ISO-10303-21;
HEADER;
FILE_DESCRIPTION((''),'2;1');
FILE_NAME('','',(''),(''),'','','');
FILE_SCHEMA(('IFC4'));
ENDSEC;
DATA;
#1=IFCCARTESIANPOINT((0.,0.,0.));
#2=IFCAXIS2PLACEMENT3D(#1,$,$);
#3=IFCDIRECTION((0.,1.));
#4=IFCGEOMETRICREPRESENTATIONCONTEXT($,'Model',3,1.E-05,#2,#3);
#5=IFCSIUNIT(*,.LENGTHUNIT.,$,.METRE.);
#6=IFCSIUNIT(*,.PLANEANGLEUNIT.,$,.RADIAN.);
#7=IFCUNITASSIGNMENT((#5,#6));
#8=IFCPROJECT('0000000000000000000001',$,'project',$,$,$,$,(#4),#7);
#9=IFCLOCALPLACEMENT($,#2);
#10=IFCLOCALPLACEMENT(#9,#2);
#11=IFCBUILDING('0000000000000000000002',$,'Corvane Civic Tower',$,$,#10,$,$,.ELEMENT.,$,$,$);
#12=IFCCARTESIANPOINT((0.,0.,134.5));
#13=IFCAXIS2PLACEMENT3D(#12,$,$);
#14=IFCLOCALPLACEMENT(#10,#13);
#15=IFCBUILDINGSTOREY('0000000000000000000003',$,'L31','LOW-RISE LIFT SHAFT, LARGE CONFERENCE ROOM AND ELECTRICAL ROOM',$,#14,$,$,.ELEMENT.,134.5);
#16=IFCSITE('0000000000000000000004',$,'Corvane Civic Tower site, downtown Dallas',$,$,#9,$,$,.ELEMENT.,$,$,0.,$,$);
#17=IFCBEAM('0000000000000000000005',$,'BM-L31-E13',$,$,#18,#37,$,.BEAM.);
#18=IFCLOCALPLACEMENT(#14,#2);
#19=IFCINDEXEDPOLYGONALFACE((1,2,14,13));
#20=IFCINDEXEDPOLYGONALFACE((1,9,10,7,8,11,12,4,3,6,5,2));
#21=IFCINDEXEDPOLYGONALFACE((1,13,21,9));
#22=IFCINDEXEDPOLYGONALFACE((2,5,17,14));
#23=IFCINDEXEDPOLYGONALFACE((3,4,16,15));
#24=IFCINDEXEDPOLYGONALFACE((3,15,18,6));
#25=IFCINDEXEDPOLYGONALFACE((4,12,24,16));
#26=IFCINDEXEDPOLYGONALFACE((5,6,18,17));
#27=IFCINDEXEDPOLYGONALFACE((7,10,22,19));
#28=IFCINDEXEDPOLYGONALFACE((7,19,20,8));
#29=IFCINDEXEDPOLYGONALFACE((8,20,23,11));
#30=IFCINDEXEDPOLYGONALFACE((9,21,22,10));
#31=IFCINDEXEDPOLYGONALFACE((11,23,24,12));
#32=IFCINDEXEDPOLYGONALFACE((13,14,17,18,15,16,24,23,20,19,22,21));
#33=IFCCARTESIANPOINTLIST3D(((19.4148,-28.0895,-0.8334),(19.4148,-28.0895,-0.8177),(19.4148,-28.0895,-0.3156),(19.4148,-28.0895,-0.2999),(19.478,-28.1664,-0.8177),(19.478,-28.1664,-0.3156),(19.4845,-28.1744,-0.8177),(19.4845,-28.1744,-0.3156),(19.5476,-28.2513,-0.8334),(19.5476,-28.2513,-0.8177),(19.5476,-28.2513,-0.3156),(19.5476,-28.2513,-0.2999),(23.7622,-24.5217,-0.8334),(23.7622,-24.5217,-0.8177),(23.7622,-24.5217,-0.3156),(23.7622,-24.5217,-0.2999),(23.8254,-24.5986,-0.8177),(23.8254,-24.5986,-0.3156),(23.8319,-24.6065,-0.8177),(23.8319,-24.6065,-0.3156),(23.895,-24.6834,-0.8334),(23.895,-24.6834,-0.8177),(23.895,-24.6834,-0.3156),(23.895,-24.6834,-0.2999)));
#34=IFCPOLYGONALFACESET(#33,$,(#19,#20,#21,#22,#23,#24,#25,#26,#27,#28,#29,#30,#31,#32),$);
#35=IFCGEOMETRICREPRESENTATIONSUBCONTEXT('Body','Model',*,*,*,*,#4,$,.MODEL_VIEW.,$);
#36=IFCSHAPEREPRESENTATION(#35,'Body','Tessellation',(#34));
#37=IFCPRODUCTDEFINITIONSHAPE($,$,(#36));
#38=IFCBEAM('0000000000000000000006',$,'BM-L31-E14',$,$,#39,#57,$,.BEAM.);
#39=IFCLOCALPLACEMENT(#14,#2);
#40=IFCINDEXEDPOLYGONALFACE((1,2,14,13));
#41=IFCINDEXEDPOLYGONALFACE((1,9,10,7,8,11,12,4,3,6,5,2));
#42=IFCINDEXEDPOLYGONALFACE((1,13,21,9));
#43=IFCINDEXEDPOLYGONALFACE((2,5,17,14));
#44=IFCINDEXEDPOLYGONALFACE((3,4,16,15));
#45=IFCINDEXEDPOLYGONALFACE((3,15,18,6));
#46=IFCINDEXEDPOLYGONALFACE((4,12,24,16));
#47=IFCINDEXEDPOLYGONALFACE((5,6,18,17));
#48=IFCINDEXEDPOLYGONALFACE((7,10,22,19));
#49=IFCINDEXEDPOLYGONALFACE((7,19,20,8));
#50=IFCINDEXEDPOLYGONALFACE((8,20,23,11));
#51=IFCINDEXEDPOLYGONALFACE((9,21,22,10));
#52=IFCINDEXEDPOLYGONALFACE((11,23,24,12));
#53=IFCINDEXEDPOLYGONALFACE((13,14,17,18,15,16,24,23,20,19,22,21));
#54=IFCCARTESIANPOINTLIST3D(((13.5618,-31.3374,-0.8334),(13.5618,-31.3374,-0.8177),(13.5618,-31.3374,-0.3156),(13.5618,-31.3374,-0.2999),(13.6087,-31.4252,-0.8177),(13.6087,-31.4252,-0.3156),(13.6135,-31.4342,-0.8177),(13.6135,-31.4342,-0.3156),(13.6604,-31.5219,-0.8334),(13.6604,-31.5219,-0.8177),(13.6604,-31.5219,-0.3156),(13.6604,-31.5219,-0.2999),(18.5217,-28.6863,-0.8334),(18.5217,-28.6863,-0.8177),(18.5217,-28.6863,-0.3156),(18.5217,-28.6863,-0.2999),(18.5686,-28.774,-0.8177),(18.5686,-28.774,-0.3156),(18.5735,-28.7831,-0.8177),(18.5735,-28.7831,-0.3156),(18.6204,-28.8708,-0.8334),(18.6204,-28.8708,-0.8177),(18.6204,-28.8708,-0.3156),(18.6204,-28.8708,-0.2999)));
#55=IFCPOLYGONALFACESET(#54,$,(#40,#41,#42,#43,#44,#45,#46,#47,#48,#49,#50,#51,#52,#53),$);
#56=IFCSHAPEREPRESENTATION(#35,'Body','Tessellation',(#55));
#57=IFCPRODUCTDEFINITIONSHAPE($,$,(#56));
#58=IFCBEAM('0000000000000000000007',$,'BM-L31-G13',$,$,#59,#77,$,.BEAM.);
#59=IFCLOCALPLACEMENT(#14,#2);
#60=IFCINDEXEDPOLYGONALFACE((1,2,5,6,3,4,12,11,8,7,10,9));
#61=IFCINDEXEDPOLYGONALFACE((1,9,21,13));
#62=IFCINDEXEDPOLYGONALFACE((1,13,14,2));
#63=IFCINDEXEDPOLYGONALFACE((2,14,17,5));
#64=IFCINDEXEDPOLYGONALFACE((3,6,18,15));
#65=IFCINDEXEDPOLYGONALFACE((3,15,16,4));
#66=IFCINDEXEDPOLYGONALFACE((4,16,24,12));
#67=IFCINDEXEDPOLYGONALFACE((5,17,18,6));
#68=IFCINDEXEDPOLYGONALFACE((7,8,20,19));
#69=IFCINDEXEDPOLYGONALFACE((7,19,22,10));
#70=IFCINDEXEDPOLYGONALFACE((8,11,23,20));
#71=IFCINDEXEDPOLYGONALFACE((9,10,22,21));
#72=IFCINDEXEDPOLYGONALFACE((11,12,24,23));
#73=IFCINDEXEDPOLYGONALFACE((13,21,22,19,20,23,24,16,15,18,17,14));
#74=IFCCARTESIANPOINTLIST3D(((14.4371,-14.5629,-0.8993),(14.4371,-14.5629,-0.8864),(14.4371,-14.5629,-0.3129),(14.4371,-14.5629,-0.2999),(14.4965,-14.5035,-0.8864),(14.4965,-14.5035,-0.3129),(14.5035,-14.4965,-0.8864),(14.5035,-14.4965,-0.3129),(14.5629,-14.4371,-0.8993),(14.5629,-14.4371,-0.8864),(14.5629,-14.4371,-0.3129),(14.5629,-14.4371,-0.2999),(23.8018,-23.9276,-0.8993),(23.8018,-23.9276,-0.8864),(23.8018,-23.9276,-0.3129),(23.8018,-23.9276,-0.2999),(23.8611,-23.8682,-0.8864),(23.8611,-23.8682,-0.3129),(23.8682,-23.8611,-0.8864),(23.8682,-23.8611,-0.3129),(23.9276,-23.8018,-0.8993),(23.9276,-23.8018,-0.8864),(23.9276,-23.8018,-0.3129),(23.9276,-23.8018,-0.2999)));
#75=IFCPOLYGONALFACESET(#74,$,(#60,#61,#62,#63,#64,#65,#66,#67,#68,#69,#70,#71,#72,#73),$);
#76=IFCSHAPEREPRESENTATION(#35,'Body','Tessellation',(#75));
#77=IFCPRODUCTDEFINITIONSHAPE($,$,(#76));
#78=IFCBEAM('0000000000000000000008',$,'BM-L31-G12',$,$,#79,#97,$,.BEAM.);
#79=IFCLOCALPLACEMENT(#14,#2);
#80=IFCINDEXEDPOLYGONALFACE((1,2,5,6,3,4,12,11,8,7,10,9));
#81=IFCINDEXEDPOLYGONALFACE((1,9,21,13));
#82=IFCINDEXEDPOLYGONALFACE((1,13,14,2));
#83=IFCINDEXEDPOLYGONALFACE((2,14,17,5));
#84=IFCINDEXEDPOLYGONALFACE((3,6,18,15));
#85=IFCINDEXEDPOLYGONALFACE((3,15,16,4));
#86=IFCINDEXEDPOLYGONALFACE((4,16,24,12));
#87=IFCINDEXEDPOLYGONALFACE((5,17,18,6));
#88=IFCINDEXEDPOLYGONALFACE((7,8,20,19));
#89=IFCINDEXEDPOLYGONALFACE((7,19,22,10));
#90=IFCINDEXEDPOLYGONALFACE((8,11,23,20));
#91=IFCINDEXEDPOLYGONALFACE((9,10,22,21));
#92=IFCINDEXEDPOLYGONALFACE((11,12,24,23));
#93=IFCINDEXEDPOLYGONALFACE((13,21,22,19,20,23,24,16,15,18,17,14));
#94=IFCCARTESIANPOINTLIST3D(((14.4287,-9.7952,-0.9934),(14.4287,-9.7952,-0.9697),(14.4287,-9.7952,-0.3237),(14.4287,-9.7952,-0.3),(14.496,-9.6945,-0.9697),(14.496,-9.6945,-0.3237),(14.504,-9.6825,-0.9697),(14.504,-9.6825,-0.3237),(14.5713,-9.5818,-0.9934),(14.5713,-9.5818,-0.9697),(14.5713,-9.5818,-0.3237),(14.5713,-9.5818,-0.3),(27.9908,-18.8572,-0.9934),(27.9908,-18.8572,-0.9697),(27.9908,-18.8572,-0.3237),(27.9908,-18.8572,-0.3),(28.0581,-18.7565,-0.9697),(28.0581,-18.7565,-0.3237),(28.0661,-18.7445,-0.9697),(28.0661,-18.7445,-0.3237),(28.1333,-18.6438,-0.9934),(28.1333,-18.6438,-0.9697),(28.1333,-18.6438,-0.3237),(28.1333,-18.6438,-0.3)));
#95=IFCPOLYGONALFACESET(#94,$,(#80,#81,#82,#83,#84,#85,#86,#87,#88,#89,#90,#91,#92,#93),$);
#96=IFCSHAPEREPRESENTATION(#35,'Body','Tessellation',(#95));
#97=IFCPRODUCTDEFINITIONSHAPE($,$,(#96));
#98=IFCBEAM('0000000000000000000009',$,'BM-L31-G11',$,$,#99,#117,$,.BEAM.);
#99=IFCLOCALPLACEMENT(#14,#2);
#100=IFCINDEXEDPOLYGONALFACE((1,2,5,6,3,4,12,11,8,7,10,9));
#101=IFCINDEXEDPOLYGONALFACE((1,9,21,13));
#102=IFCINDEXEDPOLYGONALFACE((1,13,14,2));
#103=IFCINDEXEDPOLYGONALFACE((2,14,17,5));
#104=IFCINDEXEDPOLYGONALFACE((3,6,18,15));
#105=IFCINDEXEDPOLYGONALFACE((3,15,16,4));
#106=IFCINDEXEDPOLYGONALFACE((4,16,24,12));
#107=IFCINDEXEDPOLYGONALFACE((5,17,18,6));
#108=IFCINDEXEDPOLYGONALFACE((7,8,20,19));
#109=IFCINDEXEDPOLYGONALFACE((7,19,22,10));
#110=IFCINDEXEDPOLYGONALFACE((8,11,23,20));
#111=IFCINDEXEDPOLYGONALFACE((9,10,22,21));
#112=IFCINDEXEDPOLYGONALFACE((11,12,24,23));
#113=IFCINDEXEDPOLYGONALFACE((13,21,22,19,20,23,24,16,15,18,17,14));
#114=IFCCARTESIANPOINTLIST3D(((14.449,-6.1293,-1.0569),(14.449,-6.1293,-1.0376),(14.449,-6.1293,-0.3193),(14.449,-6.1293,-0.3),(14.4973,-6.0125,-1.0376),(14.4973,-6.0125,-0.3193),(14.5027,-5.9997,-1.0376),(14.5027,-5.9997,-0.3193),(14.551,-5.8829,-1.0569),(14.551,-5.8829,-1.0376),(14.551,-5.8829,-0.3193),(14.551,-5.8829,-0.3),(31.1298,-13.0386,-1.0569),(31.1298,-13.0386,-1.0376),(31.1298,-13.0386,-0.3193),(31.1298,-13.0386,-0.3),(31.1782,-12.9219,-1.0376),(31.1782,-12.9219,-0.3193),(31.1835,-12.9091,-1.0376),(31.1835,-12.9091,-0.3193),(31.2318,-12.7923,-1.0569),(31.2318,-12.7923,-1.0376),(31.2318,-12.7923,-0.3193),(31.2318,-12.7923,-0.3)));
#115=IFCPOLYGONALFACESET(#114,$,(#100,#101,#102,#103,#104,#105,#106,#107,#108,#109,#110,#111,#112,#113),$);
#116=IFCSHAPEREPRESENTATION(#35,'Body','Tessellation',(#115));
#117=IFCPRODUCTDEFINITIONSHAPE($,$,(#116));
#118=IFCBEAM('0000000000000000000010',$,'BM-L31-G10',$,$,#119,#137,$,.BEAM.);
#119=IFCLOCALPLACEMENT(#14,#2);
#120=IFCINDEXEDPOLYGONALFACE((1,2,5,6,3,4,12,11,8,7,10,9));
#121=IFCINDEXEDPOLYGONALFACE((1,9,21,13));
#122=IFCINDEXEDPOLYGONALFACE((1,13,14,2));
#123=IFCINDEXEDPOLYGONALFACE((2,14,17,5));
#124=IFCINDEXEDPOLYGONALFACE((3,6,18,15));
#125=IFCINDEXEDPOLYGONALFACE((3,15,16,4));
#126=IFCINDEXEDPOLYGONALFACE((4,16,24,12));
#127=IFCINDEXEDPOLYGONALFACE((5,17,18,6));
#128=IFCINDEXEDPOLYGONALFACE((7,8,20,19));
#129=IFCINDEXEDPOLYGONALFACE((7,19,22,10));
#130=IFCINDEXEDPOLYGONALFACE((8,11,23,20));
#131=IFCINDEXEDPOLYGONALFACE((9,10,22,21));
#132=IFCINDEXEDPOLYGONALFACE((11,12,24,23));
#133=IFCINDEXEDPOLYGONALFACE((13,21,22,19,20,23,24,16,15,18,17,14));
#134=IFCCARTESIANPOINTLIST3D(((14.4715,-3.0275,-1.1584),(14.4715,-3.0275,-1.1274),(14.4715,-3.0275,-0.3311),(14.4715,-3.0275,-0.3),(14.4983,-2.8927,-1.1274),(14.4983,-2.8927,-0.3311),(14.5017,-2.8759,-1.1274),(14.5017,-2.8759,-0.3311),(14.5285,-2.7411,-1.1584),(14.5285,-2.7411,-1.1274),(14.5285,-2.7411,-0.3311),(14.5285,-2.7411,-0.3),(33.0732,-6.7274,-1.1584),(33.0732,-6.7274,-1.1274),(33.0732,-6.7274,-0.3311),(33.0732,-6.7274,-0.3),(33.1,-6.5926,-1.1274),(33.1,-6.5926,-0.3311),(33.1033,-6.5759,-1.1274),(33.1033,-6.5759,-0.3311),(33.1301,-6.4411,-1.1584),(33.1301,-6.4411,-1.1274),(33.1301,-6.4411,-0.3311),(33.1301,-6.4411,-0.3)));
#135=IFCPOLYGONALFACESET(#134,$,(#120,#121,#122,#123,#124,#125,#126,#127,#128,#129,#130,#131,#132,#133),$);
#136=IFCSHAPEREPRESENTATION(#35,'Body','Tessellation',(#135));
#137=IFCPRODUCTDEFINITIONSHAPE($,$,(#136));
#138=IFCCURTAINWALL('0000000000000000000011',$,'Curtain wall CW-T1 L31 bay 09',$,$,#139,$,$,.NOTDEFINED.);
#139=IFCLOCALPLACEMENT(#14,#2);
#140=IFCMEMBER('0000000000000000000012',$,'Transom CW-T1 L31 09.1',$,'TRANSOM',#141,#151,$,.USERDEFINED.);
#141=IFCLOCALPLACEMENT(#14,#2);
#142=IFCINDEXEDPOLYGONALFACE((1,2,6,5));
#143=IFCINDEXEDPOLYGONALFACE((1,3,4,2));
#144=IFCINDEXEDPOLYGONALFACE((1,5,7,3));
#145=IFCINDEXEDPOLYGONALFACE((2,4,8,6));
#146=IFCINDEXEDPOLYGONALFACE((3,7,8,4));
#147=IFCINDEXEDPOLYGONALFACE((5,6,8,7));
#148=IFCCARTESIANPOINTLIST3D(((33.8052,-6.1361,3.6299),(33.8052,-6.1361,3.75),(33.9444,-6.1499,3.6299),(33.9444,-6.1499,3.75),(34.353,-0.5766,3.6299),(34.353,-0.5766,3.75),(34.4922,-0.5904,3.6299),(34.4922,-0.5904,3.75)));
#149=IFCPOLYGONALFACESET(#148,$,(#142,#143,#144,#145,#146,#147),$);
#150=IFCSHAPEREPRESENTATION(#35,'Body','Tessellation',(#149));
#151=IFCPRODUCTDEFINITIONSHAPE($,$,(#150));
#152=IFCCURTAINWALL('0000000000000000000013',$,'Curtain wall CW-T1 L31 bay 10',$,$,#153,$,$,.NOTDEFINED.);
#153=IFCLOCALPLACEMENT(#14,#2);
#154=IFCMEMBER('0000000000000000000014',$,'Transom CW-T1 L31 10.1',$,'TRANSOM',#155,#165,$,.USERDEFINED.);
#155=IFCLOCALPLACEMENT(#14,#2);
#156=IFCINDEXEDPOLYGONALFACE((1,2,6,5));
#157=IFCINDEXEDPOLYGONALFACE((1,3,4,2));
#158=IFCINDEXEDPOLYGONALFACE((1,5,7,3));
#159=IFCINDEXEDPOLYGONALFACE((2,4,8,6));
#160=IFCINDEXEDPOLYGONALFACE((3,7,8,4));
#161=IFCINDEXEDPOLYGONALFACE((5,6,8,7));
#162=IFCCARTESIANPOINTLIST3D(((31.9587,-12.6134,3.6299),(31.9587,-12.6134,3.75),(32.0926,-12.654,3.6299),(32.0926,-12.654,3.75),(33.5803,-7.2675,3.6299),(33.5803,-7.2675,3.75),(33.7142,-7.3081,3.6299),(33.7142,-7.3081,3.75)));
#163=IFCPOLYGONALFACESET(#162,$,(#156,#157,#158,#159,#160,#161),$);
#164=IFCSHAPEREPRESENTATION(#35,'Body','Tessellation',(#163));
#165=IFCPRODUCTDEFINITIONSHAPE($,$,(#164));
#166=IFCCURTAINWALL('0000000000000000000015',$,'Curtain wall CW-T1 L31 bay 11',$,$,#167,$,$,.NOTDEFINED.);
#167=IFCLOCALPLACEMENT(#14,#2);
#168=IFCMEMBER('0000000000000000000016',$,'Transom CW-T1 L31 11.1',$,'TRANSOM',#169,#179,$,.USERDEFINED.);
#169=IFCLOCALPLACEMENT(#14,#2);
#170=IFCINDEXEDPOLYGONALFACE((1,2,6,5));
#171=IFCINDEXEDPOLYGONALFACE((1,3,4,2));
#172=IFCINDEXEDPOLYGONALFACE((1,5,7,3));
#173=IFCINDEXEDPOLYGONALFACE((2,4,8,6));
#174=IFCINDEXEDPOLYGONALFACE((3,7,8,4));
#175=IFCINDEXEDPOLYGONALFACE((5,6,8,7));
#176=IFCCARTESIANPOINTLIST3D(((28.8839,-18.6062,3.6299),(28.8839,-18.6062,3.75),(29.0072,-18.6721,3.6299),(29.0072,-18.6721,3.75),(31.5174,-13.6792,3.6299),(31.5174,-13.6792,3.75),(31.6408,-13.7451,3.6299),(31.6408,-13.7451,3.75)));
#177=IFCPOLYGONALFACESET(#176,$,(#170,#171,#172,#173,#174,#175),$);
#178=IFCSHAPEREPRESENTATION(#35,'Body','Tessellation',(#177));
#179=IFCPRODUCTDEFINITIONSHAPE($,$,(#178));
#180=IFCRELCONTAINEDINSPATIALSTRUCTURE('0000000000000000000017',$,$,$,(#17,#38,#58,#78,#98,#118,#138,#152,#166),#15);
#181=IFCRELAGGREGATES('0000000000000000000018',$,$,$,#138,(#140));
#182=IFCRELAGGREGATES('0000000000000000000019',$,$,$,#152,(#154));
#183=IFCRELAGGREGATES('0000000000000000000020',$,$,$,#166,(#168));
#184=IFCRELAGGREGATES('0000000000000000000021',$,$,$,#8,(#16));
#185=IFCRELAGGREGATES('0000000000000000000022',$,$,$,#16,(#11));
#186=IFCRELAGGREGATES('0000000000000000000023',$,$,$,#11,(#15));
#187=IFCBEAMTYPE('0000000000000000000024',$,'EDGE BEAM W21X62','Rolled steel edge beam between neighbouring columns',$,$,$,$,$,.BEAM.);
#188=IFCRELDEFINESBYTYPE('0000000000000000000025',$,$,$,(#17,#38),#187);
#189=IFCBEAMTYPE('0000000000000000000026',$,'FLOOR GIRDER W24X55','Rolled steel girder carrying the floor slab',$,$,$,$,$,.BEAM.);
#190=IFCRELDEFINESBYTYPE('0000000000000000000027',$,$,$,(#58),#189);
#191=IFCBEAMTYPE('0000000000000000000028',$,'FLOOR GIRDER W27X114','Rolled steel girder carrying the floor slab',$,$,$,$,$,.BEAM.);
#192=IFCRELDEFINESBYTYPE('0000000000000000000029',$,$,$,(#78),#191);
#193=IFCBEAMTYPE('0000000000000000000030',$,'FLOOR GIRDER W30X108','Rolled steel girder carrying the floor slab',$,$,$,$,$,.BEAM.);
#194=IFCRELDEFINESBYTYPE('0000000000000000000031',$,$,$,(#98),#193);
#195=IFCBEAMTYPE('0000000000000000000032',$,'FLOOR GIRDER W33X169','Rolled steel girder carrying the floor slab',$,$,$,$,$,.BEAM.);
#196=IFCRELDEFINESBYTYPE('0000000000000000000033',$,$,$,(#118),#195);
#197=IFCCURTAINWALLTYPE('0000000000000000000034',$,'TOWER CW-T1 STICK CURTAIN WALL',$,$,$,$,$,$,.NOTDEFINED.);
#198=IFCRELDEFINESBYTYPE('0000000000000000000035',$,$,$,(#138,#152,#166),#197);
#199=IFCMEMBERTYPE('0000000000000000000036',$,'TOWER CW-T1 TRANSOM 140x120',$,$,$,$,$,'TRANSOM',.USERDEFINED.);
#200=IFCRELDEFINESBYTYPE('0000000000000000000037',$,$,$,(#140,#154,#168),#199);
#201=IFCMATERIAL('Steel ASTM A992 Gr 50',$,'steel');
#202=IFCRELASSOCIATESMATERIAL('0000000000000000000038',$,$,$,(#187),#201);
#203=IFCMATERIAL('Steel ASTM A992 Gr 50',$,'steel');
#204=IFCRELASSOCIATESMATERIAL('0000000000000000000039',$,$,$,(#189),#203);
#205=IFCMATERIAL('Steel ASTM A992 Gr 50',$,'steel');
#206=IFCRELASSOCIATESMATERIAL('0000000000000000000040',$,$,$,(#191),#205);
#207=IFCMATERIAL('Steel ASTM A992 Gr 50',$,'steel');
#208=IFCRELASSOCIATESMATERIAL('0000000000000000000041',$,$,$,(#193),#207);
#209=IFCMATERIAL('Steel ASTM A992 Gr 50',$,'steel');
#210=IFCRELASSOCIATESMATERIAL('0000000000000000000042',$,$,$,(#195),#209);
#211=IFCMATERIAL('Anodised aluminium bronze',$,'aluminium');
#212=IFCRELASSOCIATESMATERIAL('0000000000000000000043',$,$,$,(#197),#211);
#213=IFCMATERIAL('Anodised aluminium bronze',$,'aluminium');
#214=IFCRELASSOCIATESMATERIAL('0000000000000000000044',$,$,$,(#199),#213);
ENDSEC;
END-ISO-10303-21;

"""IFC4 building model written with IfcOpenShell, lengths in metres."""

from ifc_helpers import new_model, si_unit, direction, frame, origin, origin_2d, place, context, subcontext, project, spatial, rectangle, i_section, extrude, material, material_profile, profile_set, type_object, element, aggregate, save


model = new_model("IFC4")

# Units and contexts
model_context = context("Model", 3, precision=1e-05, world=origin(), true_north=direction((0.0, 1.0)))
body_context = subcontext(model_context, "Body", "Model", "MODEL_VIEW")
ifc_project = project(units=[si_unit("LENGTHUNIT", "METRE"), si_unit("PLANEANGLEUNIT", "RADIAN")], contexts=[model_context])

# Site, building, storey
site_placement = place(None, origin())
site = spatial("IfcSite", under=ifc_project, at=site_placement, Name="Corvane Civic Tower site, downtown Dallas", CompositionType="ELEMENT", RefElevation=0.0)
building_placement = place(site_placement, origin())
building = spatial("IfcBuilding", under=site, at=building_placement, Name="Corvane Civic Tower", CompositionType="ELEMENT")
storey_placement = place(building_placement, frame((0.0, 0.0, 134.5)))
storey = spatial("IfcBuildingStorey", under=building, at=storey_placement, Name="L31", Description="LOW-RISE LIFT SHAFT, LARGE CONFERENCE ROOM AND ELECTRICAL ROOM", CompositionType="ELEMENT", Elevation=134.5)

# Beams
ifc_material_1 = material(Name="Steel ASTM A992 Gr 50", Category="steel")
ifc_material_profile_1 = material_profile(ifc_material_1, i_section(OverallWidth=0.2092, OverallDepth=0.5334, WebThickness=0.0103, FlangeThickness=0.0156, at=origin_2d()), Name="W21X62")
ifc_profile_set_1 = profile_set([ifc_material_profile_1], Name="Steel ASTM A992 Gr 50")
beam_type_1 = type_object("IfcBeamType", Name="EDGE BEAM W21X62", Description="Rolled steel edge beam between neighbouring columns", PredefinedType="BEAM", material=ifc_profile_set_1)
for number, where, z_axis, x_axis, name in (
    (1, (23.8286, -24.6025, -0.5667), (-0.773007, -0.634398, 0.0), (0.634398, -0.773007, 0.0), "BM-L31-E13"),
    (2, (18.571, -28.7786, -0.5667), (-0.881924, -0.471392, 0.0), (0.471392, -0.881924, 0.0), "BM-L31-E14"),
):
    element("IfcBeam", number, at=place(storey_placement, frame(where, z_axis=z_axis, x_axis=x_axis)), inside=storey, type_object=beam_type_1, Name=name, PredefinedType="BEAM", context=body_context, shape_type="SweptSolid", body=[
        extrude(i_section(OverallWidth=0.2092, OverallDepth=0.5334, WebThickness=0.0103, FlangeThickness=0.0156, at=origin_2d()), origin(), (0.0, 0.0, 1.0), 5.624),
    ])
ifc_material_2 = material(Name="Steel ASTM A992 Gr 50", Category="steel")
ifc_material_profile_2 = material_profile(ifc_material_2, i_section(OverallWidth=0.178, OverallDepth=0.5994, WebThickness=0.01, FlangeThickness=0.0129, at=origin_2d()), Name="W24X55")
ifc_profile_set_2 = profile_set([ifc_material_profile_2], Name="Steel ASTM A992 Gr 50")
beam_type_2 = type_object("IfcBeamType", Name="FLOOR GIRDER W24X55", Description="Rolled steel girder carrying the floor slab", PredefinedType="BEAM", material=ifc_profile_set_2)
beam_1_placement = place(storey_placement, frame((14.5, -14.5, -0.5996), z_axis=(0.707107, -0.707107, 0.0), x_axis=(0.707107, 0.707107, 0.0)))
element("IfcBeam", 3, at=beam_1_placement, inside=storey, type_object=beam_type_2, Name="BM-L31-G13", PredefinedType="BEAM", context=body_context, shape_type="SweptSolid", body=[
    extrude(i_section(OverallWidth=0.178, OverallDepth=0.5994, WebThickness=0.01, FlangeThickness=0.0129, at=origin_2d()), origin(), (0.0, 0.0, 1.0), 13.2437),
])
ifc_material_3 = material(Name="Steel ASTM A992 Gr 50", Category="steel")
ifc_material_profile_3 = material_profile(ifc_material_3, i_section(OverallWidth=0.2566, OverallDepth=0.6934, WebThickness=0.0144, FlangeThickness=0.0237, at=origin_2d()), Name="W27X114")
ifc_profile_set_3 = profile_set([ifc_material_profile_3], Name="Steel ASTM A992 Gr 50")
beam_type_3 = type_object("IfcBeamType", Name="FLOOR GIRDER W27X114", Description="Rolled steel girder carrying the floor slab", PredefinedType="BEAM", material=ifc_profile_set_3)
beam_2_placement = place(storey_placement, frame((14.5, -9.6885, -0.6467), z_axis=(0.831465, -0.555577, 0.0), x_axis=(0.555577, 0.831465, 0.0)))
element("IfcBeam", 4, at=beam_2_placement, inside=storey, type_object=beam_type_3, Name="BM-L31-G12", PredefinedType="BEAM", context=body_context, shape_type="SweptSolid", body=[
    extrude(i_section(OverallWidth=0.2566, OverallDepth=0.6934, WebThickness=0.0144, FlangeThickness=0.0237, at=origin_2d()), origin(), (0.0, 0.0, 1.0), 16.311),
])
ifc_material_4 = material(Name="Steel ASTM A992 Gr 50", Category="steel")
ifc_material_profile_4 = material_profile(ifc_material_4, i_section(OverallWidth=0.2666, OverallDepth=0.7568, WebThickness=0.0139, FlangeThickness=0.0193, at=origin_2d()), Name="W30X108")
ifc_profile_set_4 = profile_set([ifc_material_profile_4], Name="Steel ASTM A992 Gr 50")
beam_type_4 = type_object("IfcBeamType", Name="FLOOR GIRDER W30X108", Description="Rolled steel girder carrying the floor slab", PredefinedType="BEAM", material=ifc_profile_set_4)
beam_3_placement = place(storey_placement, frame((14.5, -6.0061, -0.6785), z_axis=(0.92388, -0.382682, 0.0), x_axis=(0.382682, 0.92388, 0.0)))
element("IfcBeam", 5, at=beam_3_placement, inside=storey, type_object=beam_type_4, Name="BM-L31-G11", PredefinedType="BEAM", context=body_context, shape_type="SweptSolid", body=[
    extrude(i_section(OverallWidth=0.2666, OverallDepth=0.7568, WebThickness=0.0139, FlangeThickness=0.0193, at=origin_2d()), origin(), (0.0, 0.0, 1.0), 18.0552),
])
ifc_material_5 = material(Name="Steel ASTM A992 Gr 50", Category="steel")
ifc_material_profile_5 = material_profile(ifc_material_5, i_section(OverallWidth=0.292, OverallDepth=0.8584, WebThickness=0.0171, FlangeThickness=0.031, at=origin_2d()), Name="W33X169")
ifc_profile_set_5 = profile_set([ifc_material_profile_5], Name="Steel ASTM A992 Gr 50")
beam_type_5 = type_object("IfcBeamType", Name="FLOOR GIRDER W33X169", Description="Rolled steel girder carrying the floor slab", PredefinedType="BEAM", material=ifc_profile_set_5)
beam_4_placement = place(storey_placement, frame((14.5, -2.8843, -0.7292), z_axis=(0.980787, -0.195084, 0.0), x_axis=(0.195084, 0.980787, 0.0)))
element("IfcBeam", 6, at=beam_4_placement, inside=storey, type_object=beam_type_5, Name="BM-L31-G10", PredefinedType="BEAM", context=body_context, shape_type="SweptSolid", body=[
    extrude(i_section(OverallWidth=0.292, OverallDepth=0.8584, WebThickness=0.0171, FlangeThickness=0.031, at=origin_2d()), origin(), (0.0, 0.0, 1.0), 18.9661),
])

# Curtain walls, members
ifc_material_6 = material(Name="Anodised aluminium bronze", Category="aluminium")
curtain_wall_type = type_object("IfcCurtainWallType", Name="TOWER CW-T1 STICK CURTAIN WALL", PredefinedType="NOTDEFINED", material=ifc_material_6)
curtain_wall_1_placement = place(storey_placement, origin())
curtain_wall_1 = element("IfcCurtainWall", 7, at=curtain_wall_1_placement, inside=storey, type_object=curtain_wall_type, Name="Curtain wall CW-T1 L31 bay 09", PredefinedType="NOTDEFINED")
ifc_material_7 = material(Name="Anodised aluminium bronze", Category="aluminium")
ifc_material_profile_6 = material_profile(ifc_material_7, rectangle(XDim=0.1399, YDim=0.1201, at=origin_2d()), Name="TOWER CW-T1 TRANSOM 140x120")
ifc_profile_set_6 = profile_set([ifc_material_profile_6], Name="Anodised aluminium bronze")
member_type = type_object("IfcMemberType", Name="TOWER CW-T1 TRANSOM 140x120", ElementType="TRANSOM", PredefinedType="USERDEFINED", material=ifc_profile_set_6)
member_1_placement = place(storey_placement, frame((34.4226, -0.5835, 3.6899), z_axis=(-0.098067, -0.99518, 0.0), x_axis=(0.99518, -0.098067, 0.0)))
member_1 = element("IfcMember", 8, at=member_1_placement, type_object=member_type, Name="Transom CW-T1 L31 09.1", ObjectType="TRANSOM", PredefinedType="USERDEFINED", context=body_context, shape_type="SweptSolid", body=[
    extrude(rectangle(XDim=0.1399, YDim=0.1201, at=origin_2d()), origin(), (0.0, 0.0, 1.0), 5.5864),
])
curtain_wall_2_placement = place(storey_placement, origin())
curtain_wall_2 = element("IfcCurtainWall", 9, at=curtain_wall_2_placement, inside=storey, type_object=curtain_wall_type, Name="Curtain wall CW-T1 L31 bay 10", PredefinedType="NOTDEFINED")
member_2_placement = place(storey_placement, frame((33.6472, -7.2878, 3.6899), z_axis=(-0.290269, -0.956945, 0.0), x_axis=(0.956945, -0.290269, 0.0)))
member_2 = element("IfcMember", 10, at=member_2_placement, type_object=member_type, Name="Transom CW-T1 L31 10.1", ObjectType="TRANSOM", PredefinedType="USERDEFINED", context=body_context, shape_type="SweptSolid", body=[
    extrude(rectangle(XDim=0.1399, YDim=0.1201, at=origin_2d()), origin(), (0.0, 0.0, 1.0), 5.5864),
])
curtain_wall_3_placement = place(storey_placement, origin())
curtain_wall_3 = element("IfcCurtainWall", 11, at=curtain_wall_3_placement, inside=storey, type_object=curtain_wall_type, Name="Curtain wall CW-T1 L31 bay 11", PredefinedType="NOTDEFINED")
member_3_placement = place(storey_placement, frame((31.5791, -13.7122, 3.6899), z_axis=(-0.471398, -0.881921, 0.0), x_axis=(0.881921, -0.471398, 0.0)))
member_3 = element("IfcMember", 12, at=member_3_placement, type_object=member_type, Name="Transom CW-T1 L31 11.1", ObjectType="TRANSOM", PredefinedType="USERDEFINED", context=body_context, shape_type="SweptSolid", body=[
    extrude(rectangle(XDim=0.1399, YDim=0.1201, at=origin_2d()), origin(), (0.0, 0.0, 1.0), 5.5867),
])

aggregate(curtain_wall_1, [member_1])
aggregate(curtain_wall_2, [member_2])
aggregate(curtain_wall_3, [member_3])

save(model, "model.ifc")
